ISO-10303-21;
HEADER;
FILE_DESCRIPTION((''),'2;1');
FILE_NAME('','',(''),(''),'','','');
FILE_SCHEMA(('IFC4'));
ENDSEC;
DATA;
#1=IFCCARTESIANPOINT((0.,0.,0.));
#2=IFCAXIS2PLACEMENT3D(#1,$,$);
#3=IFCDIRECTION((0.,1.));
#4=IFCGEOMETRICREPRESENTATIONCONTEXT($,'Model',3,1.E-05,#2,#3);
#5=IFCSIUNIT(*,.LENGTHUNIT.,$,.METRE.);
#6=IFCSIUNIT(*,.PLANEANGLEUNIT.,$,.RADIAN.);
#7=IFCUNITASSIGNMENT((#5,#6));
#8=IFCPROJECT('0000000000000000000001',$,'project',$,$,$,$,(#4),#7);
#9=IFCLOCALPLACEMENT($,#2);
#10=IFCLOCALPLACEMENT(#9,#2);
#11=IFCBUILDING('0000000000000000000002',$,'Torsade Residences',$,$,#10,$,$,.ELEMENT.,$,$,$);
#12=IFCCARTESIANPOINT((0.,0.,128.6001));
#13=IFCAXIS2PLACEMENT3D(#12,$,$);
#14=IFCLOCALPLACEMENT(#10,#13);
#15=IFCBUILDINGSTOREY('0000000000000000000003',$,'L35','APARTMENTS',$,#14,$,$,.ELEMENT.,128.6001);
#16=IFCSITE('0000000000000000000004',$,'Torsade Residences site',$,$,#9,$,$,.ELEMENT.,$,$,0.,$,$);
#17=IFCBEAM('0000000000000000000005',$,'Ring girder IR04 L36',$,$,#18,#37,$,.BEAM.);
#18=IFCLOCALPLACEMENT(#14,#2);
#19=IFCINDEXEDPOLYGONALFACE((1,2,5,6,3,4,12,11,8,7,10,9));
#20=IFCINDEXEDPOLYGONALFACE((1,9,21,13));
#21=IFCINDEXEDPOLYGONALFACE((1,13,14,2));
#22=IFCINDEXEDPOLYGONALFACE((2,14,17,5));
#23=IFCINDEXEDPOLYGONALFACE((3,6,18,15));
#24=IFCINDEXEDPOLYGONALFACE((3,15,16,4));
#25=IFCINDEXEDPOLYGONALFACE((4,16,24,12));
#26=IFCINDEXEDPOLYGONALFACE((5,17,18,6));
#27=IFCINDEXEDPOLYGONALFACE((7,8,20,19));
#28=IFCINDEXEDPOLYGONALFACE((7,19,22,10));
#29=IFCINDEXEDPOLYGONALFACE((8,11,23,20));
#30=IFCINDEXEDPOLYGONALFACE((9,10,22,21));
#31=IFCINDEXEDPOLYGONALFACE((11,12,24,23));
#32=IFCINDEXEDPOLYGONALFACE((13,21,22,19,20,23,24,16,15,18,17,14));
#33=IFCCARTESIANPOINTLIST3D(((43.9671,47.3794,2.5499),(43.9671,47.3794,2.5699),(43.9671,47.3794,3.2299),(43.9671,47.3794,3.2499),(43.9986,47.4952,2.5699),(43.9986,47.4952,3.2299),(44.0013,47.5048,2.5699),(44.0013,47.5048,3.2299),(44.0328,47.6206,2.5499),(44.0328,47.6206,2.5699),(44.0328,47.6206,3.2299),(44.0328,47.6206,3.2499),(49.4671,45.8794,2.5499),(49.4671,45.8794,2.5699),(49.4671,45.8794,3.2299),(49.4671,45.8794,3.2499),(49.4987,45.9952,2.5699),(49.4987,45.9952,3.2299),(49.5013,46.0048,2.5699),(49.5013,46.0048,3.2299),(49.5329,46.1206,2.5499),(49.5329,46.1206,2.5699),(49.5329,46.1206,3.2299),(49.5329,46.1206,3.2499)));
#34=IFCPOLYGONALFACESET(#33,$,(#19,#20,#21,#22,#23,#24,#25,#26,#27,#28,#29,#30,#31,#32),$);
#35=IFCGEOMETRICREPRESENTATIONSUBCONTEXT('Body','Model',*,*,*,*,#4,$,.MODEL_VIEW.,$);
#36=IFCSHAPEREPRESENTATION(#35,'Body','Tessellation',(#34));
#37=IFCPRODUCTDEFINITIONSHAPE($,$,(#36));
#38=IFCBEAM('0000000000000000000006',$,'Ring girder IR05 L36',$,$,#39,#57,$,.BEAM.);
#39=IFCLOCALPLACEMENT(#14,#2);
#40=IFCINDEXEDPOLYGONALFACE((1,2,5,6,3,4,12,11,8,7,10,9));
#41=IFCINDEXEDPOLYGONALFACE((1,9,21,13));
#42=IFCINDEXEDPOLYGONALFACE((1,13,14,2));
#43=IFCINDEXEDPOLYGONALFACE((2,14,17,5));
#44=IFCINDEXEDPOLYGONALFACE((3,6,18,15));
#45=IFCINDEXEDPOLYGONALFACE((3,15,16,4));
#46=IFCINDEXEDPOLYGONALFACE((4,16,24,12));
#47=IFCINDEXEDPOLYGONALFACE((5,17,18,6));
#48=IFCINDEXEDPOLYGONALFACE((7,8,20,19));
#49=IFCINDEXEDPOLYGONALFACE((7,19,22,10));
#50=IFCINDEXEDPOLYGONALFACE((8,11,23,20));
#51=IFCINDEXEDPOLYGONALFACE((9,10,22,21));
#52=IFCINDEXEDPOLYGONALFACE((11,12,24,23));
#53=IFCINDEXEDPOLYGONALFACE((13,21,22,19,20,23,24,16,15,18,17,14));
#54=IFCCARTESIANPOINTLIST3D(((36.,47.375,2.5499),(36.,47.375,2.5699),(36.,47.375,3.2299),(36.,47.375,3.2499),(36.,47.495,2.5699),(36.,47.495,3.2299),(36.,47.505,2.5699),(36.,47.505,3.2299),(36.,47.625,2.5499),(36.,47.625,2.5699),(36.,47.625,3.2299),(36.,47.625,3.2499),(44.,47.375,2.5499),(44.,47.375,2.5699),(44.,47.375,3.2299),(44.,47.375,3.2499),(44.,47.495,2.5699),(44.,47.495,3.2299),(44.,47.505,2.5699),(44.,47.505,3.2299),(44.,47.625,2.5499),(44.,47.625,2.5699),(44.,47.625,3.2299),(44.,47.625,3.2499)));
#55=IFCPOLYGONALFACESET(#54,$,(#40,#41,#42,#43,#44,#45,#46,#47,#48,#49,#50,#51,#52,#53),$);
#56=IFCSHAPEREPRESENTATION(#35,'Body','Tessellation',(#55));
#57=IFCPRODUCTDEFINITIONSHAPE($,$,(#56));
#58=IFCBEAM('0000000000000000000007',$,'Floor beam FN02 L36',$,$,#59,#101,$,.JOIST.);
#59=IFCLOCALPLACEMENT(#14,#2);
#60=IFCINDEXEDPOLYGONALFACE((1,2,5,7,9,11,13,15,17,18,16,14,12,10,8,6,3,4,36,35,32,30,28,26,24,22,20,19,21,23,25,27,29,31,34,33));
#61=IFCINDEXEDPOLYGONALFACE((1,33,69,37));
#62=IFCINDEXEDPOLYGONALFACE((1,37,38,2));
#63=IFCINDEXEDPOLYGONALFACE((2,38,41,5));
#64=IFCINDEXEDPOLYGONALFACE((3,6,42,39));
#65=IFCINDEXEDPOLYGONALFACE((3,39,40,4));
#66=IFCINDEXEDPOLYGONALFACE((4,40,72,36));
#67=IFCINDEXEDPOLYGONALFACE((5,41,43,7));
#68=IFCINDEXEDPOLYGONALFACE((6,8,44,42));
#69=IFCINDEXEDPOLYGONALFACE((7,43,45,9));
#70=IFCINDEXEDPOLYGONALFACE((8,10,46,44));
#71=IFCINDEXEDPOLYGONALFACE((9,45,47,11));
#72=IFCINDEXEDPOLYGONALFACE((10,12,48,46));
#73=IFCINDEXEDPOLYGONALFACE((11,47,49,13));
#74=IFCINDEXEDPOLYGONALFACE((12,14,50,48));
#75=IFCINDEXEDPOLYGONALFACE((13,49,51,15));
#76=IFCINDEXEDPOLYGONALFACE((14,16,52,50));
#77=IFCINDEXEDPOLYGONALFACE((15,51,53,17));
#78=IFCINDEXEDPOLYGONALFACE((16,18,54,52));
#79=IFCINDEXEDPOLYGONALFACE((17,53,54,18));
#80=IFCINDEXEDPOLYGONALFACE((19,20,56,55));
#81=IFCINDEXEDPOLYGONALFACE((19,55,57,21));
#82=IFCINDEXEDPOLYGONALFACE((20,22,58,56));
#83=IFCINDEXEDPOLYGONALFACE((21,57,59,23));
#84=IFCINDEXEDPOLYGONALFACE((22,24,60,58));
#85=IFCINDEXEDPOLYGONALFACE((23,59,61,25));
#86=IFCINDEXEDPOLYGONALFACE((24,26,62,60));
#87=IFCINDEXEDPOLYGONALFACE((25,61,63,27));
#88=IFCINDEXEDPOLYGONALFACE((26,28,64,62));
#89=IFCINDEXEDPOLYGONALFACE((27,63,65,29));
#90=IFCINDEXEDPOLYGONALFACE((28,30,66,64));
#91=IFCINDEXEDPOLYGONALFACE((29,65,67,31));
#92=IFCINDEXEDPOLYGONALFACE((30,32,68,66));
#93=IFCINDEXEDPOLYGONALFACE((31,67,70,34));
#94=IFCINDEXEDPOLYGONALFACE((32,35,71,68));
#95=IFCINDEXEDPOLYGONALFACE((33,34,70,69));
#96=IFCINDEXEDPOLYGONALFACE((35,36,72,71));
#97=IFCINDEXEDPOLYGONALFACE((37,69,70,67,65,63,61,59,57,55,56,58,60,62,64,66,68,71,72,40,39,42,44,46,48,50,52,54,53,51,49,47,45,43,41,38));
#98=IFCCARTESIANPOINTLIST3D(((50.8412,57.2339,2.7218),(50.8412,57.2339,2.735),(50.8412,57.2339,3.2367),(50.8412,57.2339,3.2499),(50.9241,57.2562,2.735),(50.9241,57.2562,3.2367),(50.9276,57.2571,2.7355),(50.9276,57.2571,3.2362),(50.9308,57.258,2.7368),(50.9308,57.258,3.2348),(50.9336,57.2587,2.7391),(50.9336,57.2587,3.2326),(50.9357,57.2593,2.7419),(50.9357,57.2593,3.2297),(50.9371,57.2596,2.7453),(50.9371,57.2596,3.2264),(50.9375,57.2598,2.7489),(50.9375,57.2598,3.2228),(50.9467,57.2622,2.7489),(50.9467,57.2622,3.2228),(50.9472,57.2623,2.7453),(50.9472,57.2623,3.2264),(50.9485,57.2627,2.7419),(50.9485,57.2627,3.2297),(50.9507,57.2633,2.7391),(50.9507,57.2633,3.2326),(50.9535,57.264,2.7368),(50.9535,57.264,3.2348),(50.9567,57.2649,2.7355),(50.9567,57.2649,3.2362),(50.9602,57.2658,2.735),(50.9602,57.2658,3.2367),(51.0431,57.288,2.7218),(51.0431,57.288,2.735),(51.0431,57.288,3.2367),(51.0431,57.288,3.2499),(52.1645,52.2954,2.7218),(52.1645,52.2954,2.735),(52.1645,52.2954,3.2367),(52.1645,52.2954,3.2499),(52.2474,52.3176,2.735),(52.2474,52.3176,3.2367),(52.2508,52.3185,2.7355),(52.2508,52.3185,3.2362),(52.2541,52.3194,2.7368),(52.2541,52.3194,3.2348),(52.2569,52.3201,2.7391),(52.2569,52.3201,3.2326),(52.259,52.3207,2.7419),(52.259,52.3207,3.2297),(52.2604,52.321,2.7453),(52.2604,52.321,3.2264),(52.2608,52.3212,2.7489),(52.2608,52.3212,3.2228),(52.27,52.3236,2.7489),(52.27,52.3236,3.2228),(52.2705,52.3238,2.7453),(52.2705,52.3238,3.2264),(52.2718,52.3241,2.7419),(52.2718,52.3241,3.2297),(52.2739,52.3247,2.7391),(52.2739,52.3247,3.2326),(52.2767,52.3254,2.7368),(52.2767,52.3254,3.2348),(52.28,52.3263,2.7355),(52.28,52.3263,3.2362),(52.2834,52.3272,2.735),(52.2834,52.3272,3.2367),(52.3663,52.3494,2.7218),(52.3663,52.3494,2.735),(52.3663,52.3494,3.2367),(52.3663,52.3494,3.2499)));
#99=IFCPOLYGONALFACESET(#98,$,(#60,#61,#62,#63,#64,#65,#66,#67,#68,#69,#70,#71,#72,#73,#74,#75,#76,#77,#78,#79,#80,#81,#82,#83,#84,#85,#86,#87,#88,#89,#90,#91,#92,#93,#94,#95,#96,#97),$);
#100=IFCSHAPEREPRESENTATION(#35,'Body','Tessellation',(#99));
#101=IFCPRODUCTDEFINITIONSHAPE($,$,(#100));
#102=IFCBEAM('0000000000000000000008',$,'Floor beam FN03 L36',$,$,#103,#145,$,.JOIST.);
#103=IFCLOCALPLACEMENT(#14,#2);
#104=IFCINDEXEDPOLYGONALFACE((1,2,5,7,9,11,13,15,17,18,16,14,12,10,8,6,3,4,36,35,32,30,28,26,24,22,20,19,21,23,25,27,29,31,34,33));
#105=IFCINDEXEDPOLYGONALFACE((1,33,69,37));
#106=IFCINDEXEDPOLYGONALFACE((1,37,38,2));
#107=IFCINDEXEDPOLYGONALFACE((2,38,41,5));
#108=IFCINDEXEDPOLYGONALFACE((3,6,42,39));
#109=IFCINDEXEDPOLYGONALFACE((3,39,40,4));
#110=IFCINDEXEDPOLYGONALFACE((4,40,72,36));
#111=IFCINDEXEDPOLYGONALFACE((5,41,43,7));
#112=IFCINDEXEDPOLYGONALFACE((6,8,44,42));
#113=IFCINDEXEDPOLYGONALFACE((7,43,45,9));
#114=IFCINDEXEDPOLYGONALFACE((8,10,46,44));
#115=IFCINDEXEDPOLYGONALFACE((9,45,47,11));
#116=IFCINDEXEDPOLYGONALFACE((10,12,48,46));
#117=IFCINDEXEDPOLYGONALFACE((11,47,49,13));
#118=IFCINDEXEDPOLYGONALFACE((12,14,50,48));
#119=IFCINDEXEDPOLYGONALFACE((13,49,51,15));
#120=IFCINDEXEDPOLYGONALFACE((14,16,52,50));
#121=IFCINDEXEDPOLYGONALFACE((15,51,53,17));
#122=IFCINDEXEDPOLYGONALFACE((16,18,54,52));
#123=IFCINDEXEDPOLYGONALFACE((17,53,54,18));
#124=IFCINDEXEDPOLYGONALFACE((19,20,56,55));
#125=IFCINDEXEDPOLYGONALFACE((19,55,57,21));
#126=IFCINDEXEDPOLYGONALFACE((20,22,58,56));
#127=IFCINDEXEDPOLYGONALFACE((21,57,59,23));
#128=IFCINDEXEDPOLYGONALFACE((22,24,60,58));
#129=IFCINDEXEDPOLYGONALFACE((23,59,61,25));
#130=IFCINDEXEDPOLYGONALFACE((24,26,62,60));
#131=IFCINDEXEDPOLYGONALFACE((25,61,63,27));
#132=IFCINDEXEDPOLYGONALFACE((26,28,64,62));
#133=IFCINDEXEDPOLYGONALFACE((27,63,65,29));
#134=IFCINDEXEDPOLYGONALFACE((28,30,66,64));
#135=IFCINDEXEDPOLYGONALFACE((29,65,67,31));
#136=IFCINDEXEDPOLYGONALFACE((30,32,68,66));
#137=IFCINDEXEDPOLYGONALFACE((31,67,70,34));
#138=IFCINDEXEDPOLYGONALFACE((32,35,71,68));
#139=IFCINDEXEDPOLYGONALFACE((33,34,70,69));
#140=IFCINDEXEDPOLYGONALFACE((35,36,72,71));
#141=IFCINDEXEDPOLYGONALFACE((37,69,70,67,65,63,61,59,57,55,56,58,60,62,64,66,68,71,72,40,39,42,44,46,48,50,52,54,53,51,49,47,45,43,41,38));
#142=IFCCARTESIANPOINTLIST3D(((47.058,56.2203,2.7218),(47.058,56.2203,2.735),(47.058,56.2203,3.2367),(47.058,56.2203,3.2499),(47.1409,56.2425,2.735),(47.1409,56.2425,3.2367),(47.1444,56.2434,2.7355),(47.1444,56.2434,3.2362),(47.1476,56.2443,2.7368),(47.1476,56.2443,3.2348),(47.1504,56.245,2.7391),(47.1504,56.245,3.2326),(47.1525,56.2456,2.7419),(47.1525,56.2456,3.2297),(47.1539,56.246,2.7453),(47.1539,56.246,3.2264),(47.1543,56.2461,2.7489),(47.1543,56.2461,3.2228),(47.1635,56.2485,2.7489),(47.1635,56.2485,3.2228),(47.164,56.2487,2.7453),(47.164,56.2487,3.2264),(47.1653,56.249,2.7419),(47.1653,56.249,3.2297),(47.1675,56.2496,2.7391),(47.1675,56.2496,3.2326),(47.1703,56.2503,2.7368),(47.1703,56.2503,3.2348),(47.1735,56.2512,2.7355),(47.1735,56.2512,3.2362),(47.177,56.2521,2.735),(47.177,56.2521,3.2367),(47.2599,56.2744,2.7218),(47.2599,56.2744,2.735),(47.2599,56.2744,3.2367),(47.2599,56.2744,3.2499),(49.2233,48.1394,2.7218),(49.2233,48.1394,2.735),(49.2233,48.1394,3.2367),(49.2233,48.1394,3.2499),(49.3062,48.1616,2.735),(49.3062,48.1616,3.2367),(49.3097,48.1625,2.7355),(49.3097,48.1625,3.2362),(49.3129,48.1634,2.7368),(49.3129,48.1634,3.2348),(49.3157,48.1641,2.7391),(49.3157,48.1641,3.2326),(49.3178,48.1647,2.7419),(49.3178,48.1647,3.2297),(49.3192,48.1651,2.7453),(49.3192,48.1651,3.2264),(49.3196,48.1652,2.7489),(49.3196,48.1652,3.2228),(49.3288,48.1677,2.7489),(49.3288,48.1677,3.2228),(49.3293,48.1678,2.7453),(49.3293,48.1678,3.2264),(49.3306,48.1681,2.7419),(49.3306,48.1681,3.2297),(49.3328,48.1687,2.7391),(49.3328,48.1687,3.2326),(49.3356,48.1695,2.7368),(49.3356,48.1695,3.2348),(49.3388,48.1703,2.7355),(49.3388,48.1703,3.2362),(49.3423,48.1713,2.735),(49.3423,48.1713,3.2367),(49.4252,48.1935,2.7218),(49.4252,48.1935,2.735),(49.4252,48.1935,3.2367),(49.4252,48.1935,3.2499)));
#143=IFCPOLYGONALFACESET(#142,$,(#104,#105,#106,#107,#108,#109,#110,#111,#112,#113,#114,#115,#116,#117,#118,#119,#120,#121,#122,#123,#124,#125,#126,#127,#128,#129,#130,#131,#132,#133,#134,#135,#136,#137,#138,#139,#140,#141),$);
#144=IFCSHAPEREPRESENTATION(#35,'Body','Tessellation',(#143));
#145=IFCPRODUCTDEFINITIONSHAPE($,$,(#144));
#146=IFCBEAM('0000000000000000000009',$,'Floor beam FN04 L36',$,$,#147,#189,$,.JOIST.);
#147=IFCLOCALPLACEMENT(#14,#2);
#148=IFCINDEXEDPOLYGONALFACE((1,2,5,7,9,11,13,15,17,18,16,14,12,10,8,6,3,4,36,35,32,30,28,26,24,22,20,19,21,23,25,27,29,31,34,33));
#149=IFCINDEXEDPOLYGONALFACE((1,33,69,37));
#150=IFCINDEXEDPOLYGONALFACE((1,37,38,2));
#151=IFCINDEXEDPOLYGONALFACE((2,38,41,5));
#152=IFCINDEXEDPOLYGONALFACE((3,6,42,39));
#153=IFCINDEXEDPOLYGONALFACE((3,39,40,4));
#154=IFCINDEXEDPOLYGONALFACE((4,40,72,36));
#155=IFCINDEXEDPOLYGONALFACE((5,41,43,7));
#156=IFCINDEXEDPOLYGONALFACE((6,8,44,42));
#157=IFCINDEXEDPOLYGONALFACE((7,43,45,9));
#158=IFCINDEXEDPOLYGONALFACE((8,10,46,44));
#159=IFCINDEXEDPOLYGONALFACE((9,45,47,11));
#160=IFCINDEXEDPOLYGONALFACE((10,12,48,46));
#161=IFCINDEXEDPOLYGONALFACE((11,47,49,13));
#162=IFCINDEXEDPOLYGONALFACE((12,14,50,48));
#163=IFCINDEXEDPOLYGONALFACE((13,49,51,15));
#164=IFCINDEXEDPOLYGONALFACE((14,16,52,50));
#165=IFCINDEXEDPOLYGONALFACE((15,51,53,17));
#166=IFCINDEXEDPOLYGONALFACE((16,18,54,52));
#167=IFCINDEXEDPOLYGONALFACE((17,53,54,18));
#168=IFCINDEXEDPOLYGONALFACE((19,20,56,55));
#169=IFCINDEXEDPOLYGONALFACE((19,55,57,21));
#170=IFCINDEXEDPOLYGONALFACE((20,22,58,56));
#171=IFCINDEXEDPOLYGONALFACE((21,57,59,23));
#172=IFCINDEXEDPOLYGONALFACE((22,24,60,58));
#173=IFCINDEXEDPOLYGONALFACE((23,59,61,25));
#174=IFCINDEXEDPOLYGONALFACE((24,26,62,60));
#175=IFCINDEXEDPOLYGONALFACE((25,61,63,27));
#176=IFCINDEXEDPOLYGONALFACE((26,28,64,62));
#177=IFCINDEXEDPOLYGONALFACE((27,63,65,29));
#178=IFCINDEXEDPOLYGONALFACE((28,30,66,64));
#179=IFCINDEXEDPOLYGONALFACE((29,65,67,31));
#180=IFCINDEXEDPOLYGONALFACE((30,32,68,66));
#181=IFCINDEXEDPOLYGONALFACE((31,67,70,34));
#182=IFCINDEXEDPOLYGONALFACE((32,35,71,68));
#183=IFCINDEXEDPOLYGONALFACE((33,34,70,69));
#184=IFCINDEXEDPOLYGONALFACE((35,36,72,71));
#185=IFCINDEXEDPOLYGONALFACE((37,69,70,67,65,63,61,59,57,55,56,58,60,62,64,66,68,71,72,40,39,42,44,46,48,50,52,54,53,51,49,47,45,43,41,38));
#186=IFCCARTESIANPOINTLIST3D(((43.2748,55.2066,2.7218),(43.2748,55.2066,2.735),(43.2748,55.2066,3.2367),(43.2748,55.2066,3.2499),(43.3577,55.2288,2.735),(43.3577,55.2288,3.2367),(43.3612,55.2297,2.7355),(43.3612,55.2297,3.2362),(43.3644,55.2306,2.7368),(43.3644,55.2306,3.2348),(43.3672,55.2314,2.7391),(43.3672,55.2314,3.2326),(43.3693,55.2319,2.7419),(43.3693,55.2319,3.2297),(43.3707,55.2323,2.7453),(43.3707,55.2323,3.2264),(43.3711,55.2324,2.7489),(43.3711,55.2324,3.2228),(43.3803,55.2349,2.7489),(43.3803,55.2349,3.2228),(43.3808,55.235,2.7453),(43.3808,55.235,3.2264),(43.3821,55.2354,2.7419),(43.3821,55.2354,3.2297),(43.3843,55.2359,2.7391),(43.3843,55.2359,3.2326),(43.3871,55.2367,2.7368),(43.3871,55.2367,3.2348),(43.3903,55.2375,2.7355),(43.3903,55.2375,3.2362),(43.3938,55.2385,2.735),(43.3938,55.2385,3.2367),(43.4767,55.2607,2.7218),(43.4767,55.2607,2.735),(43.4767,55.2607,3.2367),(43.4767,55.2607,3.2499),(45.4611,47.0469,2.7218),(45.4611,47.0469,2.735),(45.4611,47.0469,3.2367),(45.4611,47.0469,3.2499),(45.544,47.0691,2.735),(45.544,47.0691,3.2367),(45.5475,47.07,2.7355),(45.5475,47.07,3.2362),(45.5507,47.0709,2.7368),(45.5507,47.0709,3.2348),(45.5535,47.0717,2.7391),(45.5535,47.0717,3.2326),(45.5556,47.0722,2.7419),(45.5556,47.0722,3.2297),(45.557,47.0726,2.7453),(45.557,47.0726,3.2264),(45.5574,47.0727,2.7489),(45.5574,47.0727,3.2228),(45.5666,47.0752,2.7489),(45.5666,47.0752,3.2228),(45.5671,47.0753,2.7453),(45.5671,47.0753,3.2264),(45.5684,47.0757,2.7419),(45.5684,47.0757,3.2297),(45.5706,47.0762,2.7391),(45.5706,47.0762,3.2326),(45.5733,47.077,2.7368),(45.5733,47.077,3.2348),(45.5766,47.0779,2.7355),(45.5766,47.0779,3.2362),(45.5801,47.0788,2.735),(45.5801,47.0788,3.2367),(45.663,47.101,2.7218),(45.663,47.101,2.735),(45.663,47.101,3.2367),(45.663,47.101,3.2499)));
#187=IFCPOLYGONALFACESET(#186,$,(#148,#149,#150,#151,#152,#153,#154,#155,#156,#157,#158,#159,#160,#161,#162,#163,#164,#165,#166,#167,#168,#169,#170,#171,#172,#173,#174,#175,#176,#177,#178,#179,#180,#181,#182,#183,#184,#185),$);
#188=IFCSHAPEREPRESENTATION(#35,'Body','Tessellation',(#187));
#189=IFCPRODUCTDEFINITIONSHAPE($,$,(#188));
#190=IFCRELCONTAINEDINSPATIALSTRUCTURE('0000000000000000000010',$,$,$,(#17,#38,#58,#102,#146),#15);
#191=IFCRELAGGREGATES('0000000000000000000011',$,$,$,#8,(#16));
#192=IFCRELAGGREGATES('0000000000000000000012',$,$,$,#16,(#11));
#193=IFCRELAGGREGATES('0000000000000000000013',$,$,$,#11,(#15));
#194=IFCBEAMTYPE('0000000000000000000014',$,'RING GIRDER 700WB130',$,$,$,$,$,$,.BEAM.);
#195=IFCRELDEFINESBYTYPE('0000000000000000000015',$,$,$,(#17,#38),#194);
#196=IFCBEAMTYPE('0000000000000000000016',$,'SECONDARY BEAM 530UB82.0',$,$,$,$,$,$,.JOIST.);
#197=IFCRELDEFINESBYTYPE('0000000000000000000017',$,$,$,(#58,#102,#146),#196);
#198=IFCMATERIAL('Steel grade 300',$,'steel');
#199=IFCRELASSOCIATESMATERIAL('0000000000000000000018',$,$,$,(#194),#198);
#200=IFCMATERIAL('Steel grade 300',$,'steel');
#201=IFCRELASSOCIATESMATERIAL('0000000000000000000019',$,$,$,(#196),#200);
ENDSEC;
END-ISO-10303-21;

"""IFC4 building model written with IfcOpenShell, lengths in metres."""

from ifc_helpers import new_model, si_unit, direction, frame, origin, origin_2d, place, context, subcontext, project, spatial, i_section, extrude, material, material_profile, profile_set, type_object, element, save


model = new_model("IFC4")

# Units and contexts
model_context = context("Model", 3, precision=1e-05, world=origin(), true_north=direction((0.0, 1.0)))
body_context = subcontext(model_context, "Body", "Model", "MODEL_VIEW")
ifc_project = project(units=[si_unit("LENGTHUNIT", "METRE"), si_unit("PLANEANGLEUNIT", "RADIAN")], contexts=[model_context])

# Site, building, storey
site_placement = place(None, origin())
site = spatial("IfcSite", under=ifc_project, at=site_placement, Name="Torsade Residences site", CompositionType="ELEMENT", RefElevation=0.0)
building_placement = place(site_placement, origin())
building = spatial("IfcBuilding", under=site, at=building_placement, Name="Torsade Residences", CompositionType="ELEMENT")
storey_placement = place(building_placement, frame((0.0, 0.0, 128.6001)))
storey = spatial("IfcBuildingStorey", under=building, at=storey_placement, Name="L35", Description="APARTMENTS", CompositionType="ELEMENT", Elevation=128.6001)

# Beams
ifc_material_1 = material(Name="Steel grade 300", Category="steel")
ifc_material_profile_1 = material_profile(ifc_material_1, i_section(OverallWidth=0.25, OverallDepth=0.7, WebThickness=0.01, FlangeThickness=0.02, at=origin_2d()), Name="700WB130")
ifc_profile_set_1 = profile_set([ifc_material_profile_1], Name="Steel grade 300")
beam_type_1 = type_object("IfcBeamType", Name="RING GIRDER 700WB130", PredefinedType="BEAM", material=ifc_profile_set_1)
beam_1_placement = place(storey_placement, frame((49.5, 46.0, 2.8999), z_axis=(-0.964764, 0.263117, 0.0), x_axis=(-0.263117, -0.964764, 0.0)))
element("IfcBeam", 1, at=beam_1_placement, inside=storey, type_object=beam_type_1, Name="Ring girder IR04 L36", PredefinedType="BEAM", context=body_context, shape_type="SweptSolid", body=[
    extrude(i_section(OverallWidth=0.25, OverallDepth=0.7, WebThickness=0.01, FlangeThickness=0.02, at=origin_2d()), origin(), (0.0, 0.0, 1.0), 5.7009),
])
beam_2_placement = place(storey_placement, frame((44.0, 47.5, 2.8999), z_axis=(-1.0, 0.0, 0.0), x_axis=(0.0, -1.0, 0.0)))
element("IfcBeam", 2, at=beam_2_placement, inside=storey, type_object=beam_type_1, Name="Ring girder IR05 L36", PredefinedType="BEAM", context=body_context, shape_type="SweptSolid", body=[
    extrude(i_section(OverallWidth=0.25, OverallDepth=0.7, WebThickness=0.01, FlangeThickness=0.02, at=origin_2d()), origin(), (0.0, 0.0, 1.0), 8.0),
])
ifc_material_2 = material(Name="Steel grade 300", Category="steel")
ifc_material_profile_2 = material_profile(ifc_material_2, i_section(OverallWidth=0.209, OverallDepth=0.5281, WebThickness=0.0095, FlangeThickness=0.0132, FilletRadius=0.0139, at=origin_2d()), Name="530UB82.0")
ifc_profile_set_2 = profile_set([ifc_material_profile_2], Name="Steel grade 300")
beam_type_2 = type_object("IfcBeamType", Name="SECONDARY BEAM 530UB82.0", PredefinedType="JOIST", material=ifc_profile_set_2)
beam_3_placement = place(storey_placement, frame((50.9421, 57.261, 2.9858), z_axis=(0.258816, -0.965927, 0.0), x_axis=(0.965927, 0.258816, 0.0)))
element("IfcBeam", 3, at=beam_3_placement, inside=storey, type_object=beam_type_2, Name="Floor beam FN02 L36", PredefinedType="JOIST", context=body_context, shape_type="SweptSolid", body=[
    extrude(i_section(OverallWidth=0.209, OverallDepth=0.5281, WebThickness=0.0095, FlangeThickness=0.0132, FilletRadius=0.0139, at=origin_2d()), origin(), (0.0, 0.0, 1.0), 5.1128),
])
beam_4_placement = place(storey_placement, frame((47.1589, 56.2473, 2.9858), z_axis=(0.258823, -0.965925, 0.0), x_axis=(0.965925, 0.258823, 0.0)))
element("IfcBeam", 4, at=beam_4_placement, inside=storey, type_object=beam_type_2, Name="Floor beam FN03 L36", PredefinedType="JOIST", context=body_context, shape_type="SweptSolid", body=[
    extrude(i_section(OverallWidth=0.209, OverallDepth=0.5281, WebThickness=0.0095, FlangeThickness=0.0132, FilletRadius=0.0139, at=origin_2d()), origin(), (0.0, 0.0, 1.0), 8.366),
])
beam_5_placement = place(storey_placement, frame((43.3757, 55.2336, 2.9858), z_axis=(0.258808, -0.965929, 0.0), x_axis=(0.965929, 0.258808, 0.0)))
element("IfcBeam", 5, at=beam_5_placement, inside=storey, type_object=beam_type_2, Name="Floor beam FN04 L36", PredefinedType="JOIST", context=body_context, shape_type="SweptSolid", body=[
    extrude(i_section(OverallWidth=0.209, OverallDepth=0.5281, WebThickness=0.0095, FlangeThickness=0.0132, FilletRadius=0.0139, at=origin_2d()), origin(), (0.0, 0.0, 1.0), 8.4475),
])

save(model, "model.ifc")
